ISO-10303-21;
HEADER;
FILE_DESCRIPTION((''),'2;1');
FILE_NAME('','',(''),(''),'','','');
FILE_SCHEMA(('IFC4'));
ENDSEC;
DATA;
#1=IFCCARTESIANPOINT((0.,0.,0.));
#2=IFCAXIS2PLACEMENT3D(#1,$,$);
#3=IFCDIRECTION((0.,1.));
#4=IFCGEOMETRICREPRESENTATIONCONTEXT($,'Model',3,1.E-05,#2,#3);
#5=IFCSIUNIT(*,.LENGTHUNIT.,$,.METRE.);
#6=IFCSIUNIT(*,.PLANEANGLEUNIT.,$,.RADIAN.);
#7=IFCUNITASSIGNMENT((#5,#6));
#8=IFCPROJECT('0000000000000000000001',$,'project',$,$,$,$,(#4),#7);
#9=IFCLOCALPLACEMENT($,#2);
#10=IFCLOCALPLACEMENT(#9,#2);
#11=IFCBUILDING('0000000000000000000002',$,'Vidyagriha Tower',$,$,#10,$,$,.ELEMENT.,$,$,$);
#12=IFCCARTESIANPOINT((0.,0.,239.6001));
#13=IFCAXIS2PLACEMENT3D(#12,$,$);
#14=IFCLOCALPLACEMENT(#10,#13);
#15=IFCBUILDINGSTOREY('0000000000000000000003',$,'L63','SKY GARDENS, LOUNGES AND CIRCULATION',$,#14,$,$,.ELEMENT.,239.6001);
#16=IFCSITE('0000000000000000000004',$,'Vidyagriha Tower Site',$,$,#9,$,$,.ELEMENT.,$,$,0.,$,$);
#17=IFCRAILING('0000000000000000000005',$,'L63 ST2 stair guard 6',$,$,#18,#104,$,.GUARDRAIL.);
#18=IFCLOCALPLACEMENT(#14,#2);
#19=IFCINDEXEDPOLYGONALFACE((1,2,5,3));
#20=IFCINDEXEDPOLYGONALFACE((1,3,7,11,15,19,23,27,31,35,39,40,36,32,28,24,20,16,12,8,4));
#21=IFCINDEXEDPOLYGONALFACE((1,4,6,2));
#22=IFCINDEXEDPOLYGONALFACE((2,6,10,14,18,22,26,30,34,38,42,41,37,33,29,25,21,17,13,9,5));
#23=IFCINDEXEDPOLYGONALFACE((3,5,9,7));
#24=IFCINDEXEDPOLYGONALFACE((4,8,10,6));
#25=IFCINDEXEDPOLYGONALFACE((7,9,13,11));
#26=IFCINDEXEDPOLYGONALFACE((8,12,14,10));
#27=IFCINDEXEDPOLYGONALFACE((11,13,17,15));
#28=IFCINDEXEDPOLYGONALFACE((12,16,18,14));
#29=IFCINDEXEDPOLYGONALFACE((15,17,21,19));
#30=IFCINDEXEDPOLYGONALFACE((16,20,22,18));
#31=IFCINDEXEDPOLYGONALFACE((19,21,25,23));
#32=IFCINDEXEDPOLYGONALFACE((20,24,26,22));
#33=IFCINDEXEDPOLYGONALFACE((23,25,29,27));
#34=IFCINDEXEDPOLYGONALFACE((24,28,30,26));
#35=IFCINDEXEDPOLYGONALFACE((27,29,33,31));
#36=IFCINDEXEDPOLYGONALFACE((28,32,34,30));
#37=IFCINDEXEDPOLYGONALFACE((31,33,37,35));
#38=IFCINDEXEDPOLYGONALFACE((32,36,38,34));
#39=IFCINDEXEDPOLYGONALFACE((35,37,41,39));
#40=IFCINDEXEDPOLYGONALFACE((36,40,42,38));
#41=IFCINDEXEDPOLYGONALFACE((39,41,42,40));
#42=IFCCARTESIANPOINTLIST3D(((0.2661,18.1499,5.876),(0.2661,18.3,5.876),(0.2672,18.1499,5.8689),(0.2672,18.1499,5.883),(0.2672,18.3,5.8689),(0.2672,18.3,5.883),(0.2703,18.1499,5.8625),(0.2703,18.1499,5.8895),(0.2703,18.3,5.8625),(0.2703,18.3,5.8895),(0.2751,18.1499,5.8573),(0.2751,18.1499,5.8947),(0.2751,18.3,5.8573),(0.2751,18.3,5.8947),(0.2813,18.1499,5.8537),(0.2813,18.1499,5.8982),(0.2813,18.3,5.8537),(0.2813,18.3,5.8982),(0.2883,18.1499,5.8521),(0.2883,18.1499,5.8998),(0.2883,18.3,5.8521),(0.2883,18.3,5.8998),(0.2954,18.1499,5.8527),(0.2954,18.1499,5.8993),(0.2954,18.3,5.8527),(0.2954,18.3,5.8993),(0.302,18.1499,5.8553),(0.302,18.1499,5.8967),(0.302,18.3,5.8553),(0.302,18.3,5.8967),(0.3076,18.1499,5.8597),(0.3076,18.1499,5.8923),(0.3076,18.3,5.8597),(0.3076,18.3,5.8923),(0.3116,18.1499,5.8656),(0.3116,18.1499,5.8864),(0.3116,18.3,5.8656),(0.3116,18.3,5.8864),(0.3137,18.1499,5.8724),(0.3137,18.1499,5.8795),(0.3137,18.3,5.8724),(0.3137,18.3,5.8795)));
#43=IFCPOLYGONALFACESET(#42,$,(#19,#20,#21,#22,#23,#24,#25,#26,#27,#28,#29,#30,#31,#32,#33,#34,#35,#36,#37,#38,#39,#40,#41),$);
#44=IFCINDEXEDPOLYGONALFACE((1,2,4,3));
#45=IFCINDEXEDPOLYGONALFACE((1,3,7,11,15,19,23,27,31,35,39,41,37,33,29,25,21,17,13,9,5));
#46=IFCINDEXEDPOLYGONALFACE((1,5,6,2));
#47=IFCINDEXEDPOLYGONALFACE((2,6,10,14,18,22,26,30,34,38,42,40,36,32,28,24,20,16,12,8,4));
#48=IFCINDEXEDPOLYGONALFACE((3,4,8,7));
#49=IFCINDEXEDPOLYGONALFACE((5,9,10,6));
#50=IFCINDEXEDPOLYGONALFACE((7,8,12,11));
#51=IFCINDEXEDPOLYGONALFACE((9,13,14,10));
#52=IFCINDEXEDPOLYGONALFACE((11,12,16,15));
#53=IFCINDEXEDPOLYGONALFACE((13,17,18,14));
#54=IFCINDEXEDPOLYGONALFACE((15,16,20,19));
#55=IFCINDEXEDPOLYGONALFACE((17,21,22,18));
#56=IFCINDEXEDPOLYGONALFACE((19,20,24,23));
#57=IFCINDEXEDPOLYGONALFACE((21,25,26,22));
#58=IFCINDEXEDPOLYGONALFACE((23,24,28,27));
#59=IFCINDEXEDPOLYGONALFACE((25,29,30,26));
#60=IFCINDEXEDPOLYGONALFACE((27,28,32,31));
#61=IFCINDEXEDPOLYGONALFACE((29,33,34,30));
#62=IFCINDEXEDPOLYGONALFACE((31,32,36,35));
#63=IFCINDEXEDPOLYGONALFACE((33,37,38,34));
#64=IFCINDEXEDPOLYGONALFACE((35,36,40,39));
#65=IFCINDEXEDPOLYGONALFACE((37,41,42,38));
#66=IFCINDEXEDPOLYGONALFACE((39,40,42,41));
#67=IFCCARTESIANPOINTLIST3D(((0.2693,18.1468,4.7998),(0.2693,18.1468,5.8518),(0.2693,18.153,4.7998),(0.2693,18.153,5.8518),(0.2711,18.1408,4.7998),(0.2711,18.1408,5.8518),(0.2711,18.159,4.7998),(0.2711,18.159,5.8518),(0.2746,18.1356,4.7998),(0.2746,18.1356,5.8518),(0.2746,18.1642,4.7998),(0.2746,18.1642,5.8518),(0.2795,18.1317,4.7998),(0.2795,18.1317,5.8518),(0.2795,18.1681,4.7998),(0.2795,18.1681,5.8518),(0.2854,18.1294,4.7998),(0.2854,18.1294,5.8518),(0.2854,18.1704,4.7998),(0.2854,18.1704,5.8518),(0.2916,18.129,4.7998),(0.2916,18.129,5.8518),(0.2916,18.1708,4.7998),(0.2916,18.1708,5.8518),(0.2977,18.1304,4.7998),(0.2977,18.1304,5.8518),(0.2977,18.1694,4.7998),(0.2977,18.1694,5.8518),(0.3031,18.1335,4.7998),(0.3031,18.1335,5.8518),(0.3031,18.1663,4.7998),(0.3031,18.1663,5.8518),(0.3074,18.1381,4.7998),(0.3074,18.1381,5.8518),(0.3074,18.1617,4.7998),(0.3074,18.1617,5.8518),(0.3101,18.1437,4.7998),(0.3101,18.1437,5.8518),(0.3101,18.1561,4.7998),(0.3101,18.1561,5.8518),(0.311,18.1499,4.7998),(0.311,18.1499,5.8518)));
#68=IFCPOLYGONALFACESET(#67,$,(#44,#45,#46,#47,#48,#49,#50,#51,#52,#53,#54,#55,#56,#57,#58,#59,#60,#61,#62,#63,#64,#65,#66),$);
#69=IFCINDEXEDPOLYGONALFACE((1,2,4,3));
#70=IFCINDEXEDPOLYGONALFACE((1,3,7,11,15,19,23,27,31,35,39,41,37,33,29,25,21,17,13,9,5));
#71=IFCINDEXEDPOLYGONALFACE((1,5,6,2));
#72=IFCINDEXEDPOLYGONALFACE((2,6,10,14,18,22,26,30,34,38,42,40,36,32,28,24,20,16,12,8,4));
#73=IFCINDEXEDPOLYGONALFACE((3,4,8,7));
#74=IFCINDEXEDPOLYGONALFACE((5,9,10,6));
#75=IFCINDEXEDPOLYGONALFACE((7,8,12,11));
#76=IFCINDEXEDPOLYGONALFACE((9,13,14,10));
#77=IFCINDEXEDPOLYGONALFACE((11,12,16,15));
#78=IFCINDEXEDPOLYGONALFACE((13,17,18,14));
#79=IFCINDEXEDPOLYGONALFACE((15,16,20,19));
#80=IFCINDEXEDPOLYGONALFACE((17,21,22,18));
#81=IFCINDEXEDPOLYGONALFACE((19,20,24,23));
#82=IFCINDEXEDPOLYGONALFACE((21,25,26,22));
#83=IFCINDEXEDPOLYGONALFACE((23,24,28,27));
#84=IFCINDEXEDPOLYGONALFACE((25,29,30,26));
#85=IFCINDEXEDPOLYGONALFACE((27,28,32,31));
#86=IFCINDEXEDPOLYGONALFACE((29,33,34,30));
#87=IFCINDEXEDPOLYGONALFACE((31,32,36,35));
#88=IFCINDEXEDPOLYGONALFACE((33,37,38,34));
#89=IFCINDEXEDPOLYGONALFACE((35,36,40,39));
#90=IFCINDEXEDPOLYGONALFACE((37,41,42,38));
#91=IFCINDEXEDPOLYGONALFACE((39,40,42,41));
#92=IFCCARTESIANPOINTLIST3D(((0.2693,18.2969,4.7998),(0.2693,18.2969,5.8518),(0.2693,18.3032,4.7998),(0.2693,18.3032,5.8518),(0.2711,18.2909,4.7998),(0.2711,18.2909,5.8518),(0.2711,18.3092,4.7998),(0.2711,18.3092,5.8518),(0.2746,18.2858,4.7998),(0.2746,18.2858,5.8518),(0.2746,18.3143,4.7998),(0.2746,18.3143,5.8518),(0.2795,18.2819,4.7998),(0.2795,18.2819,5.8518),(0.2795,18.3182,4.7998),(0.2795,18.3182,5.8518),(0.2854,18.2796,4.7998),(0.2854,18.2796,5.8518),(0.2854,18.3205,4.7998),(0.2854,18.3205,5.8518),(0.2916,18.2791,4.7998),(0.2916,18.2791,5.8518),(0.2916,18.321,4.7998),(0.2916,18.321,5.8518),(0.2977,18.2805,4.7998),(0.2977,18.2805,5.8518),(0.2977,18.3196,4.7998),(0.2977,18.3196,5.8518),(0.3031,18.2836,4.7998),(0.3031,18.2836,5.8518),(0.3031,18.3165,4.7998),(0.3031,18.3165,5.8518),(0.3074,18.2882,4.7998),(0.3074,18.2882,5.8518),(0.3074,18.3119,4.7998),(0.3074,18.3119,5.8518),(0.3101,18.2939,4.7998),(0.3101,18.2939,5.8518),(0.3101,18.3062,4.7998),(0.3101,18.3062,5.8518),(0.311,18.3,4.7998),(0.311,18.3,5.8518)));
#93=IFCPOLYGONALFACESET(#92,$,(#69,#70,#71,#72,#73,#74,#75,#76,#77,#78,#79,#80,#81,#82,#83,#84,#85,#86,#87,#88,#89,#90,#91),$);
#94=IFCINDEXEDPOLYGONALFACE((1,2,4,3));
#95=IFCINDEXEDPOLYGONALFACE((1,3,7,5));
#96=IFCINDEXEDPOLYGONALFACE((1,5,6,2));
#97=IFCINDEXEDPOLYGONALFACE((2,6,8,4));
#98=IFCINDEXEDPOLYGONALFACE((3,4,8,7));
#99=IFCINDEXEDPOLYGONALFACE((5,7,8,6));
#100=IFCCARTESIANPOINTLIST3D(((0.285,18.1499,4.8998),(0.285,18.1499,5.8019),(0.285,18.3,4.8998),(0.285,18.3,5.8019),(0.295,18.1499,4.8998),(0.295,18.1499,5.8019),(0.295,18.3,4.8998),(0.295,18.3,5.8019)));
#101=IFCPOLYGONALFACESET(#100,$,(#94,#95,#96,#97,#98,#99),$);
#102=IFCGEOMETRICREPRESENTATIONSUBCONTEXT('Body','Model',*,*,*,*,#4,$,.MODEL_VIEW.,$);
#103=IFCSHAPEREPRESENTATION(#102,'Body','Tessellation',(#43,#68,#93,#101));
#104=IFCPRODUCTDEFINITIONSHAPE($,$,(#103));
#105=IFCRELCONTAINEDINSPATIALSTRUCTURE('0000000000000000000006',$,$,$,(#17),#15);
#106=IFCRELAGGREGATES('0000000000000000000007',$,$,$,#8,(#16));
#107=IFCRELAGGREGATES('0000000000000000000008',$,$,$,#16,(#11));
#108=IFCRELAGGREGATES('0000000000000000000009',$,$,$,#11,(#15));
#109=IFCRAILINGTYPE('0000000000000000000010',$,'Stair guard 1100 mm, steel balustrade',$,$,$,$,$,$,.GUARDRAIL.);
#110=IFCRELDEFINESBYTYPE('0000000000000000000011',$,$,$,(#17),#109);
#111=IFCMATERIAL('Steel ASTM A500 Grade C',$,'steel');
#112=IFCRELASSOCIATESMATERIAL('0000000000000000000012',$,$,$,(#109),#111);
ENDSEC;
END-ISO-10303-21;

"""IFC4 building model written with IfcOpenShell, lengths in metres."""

from ifc_helpers import new_model, si_unit, direction, frame, origin, origin_2d, place, context, subcontext, project, spatial, rectangle, circle, extrude, material, type_object, element, save


model = new_model("IFC4")

# Units and contexts
model_context = context("Model", 3, precision=1e-05, world=origin(), true_north=direction((0.0, 1.0)))
body_context = subcontext(model_context, "Body", "Model", "MODEL_VIEW")
ifc_project = project(units=[si_unit("LENGTHUNIT", "METRE"), si_unit("PLANEANGLEUNIT", "RADIAN")], contexts=[model_context])

# Site, building, storey
site_placement = place(None, origin())
site = spatial("IfcSite", under=ifc_project, at=site_placement, Name="Vidyagriha Tower Site", CompositionType="ELEMENT", RefElevation=0.0)
building_placement = place(site_placement, origin())
building = spatial("IfcBuilding", under=site, at=building_placement, Name="Vidyagriha Tower", CompositionType="ELEMENT")
storey_placement = place(building_placement, frame((0.0, 0.0, 239.6001)))
storey = spatial("IfcBuildingStorey", under=building, at=storey_placement, Name="L63", Description="SKY GARDENS, LOUNGES AND CIRCULATION", CompositionType="ELEMENT", Elevation=239.6001)

# Railing
ifc_material_1 = material(Name="Steel ASTM A500 Grade C", Category="steel")
railing_type_1 = type_object("IfcRailingType", Name="Stair guard 1100 mm, steel balustrade", PredefinedType="GUARDRAIL", material=ifc_material_1)
railing_1_placement = place(storey_placement, frame((0.29, 18.1499, 4.7998)))
element("IfcRailing", 1, at=railing_1_placement, inside=storey, type_object=railing_type_1, Name="L63 ST2 stair guard 6", PredefinedType="GUARDRAIL", context=body_context, shape_type="SweptSolid", body=[
    extrude(circle(Radius=0.0239, at=origin_2d()), frame((0.0, 0.0, 1.0762), z_axis=(0.0, 1.0, 0.0), x_axis=(-1.0, 0.0, 0.0)), (0.0, 0.0, 1.0), 0.1501),
    extrude(circle(Radius=0.021, at=origin_2d()), origin(), (0.0, 0.0, 1.0), 1.052),
    extrude(circle(Radius=0.021, at=origin_2d()), frame((0.0, 0.1501, 0.0)), (0.0, 0.0, 1.0), 1.052),
    extrude(rectangle(XDim=0.01, YDim=0.9021, at=origin_2d()), frame((0.0, 0.0, 0.551), z_axis=(0.0, 1.0, 0.0), x_axis=(-1.0, 0.0, 0.0)), (0.0, 0.0, 1.0), 0.1501),
])

save(model, "model.ifc")
